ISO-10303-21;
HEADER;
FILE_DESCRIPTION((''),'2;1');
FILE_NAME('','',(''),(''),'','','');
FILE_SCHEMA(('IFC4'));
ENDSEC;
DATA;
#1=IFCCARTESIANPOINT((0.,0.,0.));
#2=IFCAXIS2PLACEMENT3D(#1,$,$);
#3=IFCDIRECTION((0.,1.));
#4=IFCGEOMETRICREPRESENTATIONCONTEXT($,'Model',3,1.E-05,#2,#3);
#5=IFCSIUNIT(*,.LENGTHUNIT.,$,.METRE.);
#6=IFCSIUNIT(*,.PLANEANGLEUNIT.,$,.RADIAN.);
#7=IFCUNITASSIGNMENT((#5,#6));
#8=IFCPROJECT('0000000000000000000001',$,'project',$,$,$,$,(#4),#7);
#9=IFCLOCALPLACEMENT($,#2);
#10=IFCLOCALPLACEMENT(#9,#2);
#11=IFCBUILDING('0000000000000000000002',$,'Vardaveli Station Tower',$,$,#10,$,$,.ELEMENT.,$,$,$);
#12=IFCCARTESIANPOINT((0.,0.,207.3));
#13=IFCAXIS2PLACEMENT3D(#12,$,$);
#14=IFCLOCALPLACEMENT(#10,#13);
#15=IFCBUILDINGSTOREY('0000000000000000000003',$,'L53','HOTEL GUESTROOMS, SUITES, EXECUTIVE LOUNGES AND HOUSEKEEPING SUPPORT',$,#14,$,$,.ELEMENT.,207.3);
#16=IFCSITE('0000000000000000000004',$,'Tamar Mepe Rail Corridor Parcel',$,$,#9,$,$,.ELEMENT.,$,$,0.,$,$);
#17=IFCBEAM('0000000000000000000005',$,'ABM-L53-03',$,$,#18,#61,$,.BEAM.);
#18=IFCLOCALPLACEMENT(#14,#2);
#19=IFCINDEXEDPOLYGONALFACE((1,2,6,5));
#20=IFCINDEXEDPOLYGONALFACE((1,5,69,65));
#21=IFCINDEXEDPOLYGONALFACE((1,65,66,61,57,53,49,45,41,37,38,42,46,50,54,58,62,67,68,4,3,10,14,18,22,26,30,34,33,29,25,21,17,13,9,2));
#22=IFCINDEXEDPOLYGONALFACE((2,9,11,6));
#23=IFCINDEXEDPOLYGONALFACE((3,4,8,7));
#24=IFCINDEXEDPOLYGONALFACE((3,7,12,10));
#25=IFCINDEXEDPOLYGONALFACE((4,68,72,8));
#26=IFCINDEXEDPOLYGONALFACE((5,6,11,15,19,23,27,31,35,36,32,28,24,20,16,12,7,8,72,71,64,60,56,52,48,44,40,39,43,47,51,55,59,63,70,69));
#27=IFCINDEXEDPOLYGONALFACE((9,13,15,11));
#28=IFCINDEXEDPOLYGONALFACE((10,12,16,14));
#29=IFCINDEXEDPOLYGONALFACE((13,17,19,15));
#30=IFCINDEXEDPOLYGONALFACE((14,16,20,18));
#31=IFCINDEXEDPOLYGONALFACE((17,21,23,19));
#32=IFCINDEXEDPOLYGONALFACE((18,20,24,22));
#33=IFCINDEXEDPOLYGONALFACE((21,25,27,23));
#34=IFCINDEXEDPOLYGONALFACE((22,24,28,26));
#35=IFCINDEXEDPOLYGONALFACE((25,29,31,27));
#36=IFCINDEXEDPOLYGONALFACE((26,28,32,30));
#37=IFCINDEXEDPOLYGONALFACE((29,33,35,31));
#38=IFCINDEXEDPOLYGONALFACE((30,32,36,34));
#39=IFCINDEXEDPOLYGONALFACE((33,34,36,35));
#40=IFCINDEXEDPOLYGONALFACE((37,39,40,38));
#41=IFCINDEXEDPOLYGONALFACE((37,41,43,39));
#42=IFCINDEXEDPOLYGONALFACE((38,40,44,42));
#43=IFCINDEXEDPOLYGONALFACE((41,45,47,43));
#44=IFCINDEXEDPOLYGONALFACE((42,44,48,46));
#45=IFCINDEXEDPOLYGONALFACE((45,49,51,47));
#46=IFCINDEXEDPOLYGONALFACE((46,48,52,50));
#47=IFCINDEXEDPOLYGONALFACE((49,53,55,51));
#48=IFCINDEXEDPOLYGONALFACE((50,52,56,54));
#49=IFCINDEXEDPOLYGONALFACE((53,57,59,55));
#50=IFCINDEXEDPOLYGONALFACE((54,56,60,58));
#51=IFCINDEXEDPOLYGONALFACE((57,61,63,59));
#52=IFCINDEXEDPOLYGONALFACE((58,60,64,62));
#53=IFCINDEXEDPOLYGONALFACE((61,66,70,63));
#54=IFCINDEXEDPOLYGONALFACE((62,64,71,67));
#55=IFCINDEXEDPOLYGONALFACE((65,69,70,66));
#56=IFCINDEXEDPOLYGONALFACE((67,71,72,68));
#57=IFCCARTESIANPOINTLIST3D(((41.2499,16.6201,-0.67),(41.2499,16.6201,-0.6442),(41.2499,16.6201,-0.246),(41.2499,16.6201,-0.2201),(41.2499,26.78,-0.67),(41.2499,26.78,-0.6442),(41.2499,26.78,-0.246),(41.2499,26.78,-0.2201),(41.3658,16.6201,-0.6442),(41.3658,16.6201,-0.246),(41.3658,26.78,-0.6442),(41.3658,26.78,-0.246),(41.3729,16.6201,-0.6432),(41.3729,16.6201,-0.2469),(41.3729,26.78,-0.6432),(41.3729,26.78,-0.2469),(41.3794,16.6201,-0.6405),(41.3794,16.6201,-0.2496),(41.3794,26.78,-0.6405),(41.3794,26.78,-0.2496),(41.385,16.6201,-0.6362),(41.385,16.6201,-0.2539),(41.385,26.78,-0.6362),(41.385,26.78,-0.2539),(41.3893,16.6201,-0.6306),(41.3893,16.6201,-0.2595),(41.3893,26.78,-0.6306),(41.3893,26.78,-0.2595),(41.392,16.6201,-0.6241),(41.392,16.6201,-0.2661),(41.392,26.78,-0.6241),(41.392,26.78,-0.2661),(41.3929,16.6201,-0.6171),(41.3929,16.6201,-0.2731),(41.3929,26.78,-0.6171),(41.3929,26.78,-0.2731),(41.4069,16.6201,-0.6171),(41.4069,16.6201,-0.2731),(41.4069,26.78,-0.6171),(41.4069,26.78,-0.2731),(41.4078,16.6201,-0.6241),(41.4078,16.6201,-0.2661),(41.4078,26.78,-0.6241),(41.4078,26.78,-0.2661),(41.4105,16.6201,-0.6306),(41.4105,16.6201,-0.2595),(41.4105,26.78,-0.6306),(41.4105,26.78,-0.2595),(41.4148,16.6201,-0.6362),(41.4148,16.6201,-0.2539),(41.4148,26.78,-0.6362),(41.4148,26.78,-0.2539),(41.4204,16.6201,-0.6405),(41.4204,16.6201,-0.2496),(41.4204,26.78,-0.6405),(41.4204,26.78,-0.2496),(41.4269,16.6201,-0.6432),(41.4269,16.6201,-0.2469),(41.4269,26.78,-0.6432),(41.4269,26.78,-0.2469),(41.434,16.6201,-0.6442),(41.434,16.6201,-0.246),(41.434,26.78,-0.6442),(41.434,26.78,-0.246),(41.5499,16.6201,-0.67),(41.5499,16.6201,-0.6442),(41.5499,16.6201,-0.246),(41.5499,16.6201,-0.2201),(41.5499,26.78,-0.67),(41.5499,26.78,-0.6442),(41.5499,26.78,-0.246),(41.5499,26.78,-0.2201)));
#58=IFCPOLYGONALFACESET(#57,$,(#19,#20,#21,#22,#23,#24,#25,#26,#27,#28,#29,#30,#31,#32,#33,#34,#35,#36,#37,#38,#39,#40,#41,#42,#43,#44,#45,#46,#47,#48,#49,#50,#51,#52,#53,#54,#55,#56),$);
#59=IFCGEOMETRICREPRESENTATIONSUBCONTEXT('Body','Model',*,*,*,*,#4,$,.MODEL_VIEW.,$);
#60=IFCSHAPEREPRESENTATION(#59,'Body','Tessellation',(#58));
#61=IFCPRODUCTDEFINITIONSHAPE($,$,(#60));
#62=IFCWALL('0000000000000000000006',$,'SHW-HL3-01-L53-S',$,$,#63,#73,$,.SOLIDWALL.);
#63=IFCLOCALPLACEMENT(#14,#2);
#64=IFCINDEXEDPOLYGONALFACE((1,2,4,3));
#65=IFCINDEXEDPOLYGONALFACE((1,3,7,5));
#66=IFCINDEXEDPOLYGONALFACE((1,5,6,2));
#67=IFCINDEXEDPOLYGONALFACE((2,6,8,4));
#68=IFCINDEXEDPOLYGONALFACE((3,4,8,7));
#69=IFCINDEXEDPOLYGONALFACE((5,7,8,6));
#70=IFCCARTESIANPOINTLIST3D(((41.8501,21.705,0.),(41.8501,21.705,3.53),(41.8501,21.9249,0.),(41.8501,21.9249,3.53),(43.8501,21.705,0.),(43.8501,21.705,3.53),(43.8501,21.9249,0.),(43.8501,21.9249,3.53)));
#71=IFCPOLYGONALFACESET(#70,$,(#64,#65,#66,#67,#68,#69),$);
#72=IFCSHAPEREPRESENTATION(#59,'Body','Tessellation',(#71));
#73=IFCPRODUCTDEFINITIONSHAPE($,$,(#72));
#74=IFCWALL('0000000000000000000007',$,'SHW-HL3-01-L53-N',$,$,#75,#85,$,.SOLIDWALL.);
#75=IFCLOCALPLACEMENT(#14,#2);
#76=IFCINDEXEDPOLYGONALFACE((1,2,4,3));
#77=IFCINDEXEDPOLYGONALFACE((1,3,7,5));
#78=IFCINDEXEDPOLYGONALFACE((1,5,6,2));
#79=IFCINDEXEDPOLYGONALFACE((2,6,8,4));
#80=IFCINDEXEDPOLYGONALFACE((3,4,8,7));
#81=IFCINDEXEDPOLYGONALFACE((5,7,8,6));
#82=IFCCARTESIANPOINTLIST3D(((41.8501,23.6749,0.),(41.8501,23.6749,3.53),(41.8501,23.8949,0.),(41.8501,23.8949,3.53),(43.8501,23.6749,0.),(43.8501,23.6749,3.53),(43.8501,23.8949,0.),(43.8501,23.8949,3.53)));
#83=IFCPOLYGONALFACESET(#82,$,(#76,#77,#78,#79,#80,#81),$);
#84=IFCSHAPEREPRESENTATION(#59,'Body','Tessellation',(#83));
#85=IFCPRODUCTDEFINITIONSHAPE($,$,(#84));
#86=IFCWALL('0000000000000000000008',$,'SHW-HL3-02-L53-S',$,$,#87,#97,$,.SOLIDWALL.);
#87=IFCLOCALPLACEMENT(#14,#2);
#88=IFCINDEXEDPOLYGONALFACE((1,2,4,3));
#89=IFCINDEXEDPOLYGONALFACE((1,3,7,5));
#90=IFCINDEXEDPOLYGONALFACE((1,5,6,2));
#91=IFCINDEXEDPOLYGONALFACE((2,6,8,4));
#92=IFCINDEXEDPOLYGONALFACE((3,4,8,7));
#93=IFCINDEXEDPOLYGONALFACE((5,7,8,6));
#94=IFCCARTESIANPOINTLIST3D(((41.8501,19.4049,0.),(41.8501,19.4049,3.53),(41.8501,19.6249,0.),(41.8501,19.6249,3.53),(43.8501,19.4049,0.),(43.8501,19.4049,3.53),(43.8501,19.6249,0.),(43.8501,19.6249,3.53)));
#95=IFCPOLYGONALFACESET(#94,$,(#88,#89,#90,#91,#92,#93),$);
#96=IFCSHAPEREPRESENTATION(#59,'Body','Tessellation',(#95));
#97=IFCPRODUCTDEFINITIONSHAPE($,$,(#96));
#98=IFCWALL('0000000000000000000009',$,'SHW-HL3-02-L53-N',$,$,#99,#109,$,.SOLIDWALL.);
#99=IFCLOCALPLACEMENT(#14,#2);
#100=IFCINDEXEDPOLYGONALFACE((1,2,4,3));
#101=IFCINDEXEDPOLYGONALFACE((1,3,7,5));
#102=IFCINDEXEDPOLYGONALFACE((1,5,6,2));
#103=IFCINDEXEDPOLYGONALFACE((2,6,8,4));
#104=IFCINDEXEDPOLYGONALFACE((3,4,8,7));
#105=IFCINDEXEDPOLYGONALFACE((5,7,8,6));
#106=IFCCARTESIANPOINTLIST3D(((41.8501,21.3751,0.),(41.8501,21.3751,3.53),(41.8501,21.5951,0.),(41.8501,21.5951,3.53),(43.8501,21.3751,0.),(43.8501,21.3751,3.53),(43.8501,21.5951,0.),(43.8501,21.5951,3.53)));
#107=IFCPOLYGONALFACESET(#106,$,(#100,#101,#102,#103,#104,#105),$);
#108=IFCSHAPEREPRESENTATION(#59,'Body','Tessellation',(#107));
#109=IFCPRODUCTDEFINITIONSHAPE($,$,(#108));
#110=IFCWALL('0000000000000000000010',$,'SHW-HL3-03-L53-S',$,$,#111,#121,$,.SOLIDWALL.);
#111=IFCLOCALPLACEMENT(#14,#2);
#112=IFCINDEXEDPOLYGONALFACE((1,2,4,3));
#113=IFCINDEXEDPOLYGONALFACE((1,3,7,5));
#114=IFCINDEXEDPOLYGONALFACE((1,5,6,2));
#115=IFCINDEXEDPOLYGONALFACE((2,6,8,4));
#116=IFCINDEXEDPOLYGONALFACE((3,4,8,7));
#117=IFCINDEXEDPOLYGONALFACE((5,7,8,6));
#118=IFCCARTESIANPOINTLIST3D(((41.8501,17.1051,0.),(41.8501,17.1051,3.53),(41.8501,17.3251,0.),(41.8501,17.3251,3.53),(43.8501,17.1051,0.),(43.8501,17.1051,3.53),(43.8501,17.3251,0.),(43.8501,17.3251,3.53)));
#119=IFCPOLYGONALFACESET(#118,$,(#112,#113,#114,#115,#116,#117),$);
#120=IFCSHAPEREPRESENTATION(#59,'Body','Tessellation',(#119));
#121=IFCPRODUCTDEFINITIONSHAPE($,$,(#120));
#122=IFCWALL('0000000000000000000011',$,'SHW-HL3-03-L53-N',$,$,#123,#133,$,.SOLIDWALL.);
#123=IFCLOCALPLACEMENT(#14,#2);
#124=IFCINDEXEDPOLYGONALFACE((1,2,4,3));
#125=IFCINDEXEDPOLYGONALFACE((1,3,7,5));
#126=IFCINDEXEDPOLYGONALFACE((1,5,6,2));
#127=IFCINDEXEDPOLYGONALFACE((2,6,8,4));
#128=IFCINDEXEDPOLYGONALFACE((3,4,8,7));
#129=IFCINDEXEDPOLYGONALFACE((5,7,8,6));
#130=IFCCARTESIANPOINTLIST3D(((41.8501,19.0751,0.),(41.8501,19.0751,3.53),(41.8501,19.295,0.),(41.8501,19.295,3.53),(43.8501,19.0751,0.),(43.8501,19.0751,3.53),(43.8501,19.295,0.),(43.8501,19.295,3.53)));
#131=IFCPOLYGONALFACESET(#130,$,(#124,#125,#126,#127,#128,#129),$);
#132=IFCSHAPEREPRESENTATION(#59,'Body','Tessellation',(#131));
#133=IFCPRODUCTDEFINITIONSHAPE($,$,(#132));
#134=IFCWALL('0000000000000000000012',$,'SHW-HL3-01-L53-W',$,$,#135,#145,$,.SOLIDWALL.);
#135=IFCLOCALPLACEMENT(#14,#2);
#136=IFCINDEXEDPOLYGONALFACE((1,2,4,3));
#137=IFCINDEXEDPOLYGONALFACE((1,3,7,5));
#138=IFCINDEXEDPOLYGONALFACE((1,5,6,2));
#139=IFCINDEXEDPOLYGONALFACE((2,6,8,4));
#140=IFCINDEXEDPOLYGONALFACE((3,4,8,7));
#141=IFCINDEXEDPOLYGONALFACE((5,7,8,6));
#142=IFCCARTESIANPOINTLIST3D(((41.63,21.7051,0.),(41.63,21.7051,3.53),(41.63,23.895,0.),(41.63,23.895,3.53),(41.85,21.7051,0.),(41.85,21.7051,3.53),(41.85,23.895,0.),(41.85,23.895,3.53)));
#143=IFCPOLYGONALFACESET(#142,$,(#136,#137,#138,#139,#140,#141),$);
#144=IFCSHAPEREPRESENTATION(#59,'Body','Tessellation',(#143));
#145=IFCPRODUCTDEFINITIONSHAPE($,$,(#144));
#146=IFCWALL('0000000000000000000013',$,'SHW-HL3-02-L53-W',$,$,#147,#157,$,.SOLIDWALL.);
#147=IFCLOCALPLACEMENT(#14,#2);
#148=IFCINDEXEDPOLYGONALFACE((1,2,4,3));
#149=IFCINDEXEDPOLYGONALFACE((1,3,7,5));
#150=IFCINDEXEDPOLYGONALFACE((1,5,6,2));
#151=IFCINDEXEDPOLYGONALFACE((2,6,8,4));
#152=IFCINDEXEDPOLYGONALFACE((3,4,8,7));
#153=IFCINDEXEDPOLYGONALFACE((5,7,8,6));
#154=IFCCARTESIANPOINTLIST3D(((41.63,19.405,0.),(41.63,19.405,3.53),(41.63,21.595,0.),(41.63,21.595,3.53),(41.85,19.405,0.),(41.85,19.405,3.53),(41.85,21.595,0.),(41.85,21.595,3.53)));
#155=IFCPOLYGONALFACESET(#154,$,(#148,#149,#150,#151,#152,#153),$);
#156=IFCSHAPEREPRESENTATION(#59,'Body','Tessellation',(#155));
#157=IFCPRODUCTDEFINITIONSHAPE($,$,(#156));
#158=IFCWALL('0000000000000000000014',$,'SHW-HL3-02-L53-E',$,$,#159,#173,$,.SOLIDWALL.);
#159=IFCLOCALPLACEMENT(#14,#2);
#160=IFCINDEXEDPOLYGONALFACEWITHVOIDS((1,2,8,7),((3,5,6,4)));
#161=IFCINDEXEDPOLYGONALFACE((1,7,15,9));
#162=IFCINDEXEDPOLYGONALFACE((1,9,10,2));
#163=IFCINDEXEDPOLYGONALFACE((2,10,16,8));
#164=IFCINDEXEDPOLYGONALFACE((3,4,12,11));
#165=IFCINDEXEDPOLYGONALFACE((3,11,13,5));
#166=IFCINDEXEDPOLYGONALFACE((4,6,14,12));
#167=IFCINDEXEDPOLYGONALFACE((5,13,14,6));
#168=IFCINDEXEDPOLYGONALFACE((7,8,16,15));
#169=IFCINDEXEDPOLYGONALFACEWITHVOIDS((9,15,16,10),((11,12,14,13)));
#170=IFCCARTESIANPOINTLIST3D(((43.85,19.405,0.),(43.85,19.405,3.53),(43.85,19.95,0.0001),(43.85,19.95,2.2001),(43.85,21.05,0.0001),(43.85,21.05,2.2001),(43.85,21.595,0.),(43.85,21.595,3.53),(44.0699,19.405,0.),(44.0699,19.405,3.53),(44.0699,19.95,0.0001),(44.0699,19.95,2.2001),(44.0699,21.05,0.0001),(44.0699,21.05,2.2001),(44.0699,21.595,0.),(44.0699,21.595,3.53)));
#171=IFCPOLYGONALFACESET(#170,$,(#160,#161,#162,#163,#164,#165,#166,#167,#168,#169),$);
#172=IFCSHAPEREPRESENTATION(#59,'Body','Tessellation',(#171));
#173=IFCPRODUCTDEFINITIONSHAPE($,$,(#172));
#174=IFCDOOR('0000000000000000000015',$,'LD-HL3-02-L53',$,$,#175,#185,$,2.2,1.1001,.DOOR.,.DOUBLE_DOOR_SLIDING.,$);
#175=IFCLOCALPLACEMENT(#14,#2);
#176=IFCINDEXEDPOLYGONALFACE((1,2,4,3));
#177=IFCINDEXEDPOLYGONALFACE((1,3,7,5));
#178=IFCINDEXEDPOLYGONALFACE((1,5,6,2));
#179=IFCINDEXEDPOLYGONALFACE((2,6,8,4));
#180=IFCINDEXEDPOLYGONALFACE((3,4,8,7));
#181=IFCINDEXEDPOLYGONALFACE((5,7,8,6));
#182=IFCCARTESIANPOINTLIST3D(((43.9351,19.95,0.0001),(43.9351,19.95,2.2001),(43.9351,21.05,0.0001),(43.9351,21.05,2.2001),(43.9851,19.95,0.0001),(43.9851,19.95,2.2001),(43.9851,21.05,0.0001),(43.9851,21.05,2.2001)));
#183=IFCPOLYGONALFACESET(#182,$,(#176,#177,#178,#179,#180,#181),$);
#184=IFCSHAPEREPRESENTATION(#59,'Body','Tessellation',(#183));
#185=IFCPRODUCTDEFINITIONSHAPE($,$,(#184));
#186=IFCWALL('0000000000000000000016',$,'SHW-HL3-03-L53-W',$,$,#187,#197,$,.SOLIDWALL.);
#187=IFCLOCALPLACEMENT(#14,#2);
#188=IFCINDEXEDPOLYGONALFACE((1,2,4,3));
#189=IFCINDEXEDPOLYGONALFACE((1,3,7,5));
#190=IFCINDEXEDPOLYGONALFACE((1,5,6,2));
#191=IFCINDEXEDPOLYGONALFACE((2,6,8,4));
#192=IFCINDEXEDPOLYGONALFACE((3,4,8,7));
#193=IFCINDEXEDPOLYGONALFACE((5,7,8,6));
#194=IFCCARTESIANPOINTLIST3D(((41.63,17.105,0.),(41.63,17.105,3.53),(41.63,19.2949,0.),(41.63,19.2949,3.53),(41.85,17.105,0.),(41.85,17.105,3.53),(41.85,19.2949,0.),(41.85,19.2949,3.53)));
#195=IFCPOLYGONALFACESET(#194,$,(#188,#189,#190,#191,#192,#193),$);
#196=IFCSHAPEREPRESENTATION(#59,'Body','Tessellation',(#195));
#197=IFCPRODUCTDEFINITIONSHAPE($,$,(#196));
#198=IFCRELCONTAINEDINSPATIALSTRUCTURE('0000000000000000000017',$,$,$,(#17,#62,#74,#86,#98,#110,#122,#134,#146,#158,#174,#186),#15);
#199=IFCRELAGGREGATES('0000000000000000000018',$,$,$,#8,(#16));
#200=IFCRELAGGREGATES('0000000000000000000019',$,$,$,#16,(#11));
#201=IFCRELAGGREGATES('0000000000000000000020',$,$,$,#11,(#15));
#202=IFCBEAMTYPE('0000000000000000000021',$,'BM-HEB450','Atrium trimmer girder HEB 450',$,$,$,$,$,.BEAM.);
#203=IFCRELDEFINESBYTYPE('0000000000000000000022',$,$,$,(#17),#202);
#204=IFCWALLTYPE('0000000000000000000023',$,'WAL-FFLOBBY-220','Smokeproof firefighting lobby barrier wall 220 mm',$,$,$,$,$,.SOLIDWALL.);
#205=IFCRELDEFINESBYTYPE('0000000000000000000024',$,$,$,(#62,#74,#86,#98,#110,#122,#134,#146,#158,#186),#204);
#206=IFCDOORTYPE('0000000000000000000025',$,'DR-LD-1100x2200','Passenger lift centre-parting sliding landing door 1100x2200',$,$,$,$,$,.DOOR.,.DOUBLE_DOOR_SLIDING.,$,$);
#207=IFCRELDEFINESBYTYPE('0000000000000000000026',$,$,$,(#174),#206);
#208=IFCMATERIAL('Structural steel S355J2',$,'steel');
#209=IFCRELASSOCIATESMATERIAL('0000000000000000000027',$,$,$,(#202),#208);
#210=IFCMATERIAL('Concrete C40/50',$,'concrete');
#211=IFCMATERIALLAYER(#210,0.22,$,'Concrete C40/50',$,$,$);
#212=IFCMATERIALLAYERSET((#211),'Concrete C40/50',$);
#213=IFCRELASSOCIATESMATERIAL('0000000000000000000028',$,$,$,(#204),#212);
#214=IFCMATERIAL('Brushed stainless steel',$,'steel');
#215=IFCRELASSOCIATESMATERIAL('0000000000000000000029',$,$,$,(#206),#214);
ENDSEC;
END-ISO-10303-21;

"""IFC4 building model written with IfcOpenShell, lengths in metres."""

from ifc_helpers import new_model, si_unit, direction, frame, frame_2d, origin, origin_2d, place, context, subcontext, project, spatial, rectangle, i_section, extrude, source, transform, mapped, material, layer, layer_set, material_profile, profile_set, type_object, element, fill, save


model = new_model("IFC4")

# Units and contexts
model_context = context("Model", 3, precision=1e-05, world=origin(), true_north=direction((0.0, 1.0)))
body_context = subcontext(model_context, "Body", "Model", "MODEL_VIEW")
ifc_project = project(units=[si_unit("LENGTHUNIT", "METRE"), si_unit("PLANEANGLEUNIT", "RADIAN")], contexts=[model_context])

# Site, building, storey
site_placement = place(None, origin())
site = spatial("IfcSite", under=ifc_project, at=site_placement, Name="Tamar Mepe Rail Corridor Parcel", CompositionType="ELEMENT", RefElevation=0.0)
building_placement = place(site_placement, origin())
building = spatial("IfcBuilding", under=site, at=building_placement, Name="Vardaveli Station Tower", CompositionType="ELEMENT")
storey_placement = place(building_placement, frame((0.0, 0.0, 207.3)))
storey = spatial("IfcBuildingStorey", under=building, at=storey_placement, Name="L53", Description="HOTEL GUESTROOMS, SUITES, EXECUTIVE LOUNGES AND HOUSEKEEPING SUPPORT", CompositionType="ELEMENT", Elevation=207.3)

# Beam
ifc_material_1 = material(Name="Structural steel S355J2", Category="steel")
ifc_material_profile_1 = material_profile(ifc_material_1, i_section(OverallWidth=0.3, OverallDepth=0.45, WebThickness=0.0139, FlangeThickness=0.0259, FilletRadius=0.0271, at=origin_2d()), Name="HEB 450")
ifc_profile_set_1 = profile_set([ifc_material_profile_1], Name="Structural steel S355J2")
beam_type = type_object("IfcBeamType", Name="BM-HEB450", Description="Atrium trimmer girder HEB 450", PredefinedType="BEAM", material=ifc_profile_set_1)
shared_shape_1 = source(origin(), body_context, "Body", "SweptSolid", [
    extrude(i_section(OverallWidth=0.3, OverallDepth=0.45, WebThickness=0.0139, FlangeThickness=0.0259, FilletRadius=0.0271, at=origin_2d()), origin(), (0.0, 0.0, 1.0), 10.1599),
])
beam_1_placement = place(storey_placement, frame((41.3999, 16.6201, -0.4451), z_axis=(0.0, 1.0, 0.0), x_axis=(-1.0, 0.0, 0.0)))
element("IfcBeam", 1, at=beam_1_placement, inside=storey, type_object=beam_type, Name="ABM-L53-03", PredefinedType="BEAM", context=body_context, shape_type="MappedRepresentation", body=[
    mapped(shared_shape_1, transform((0.0, 0.0, 0.0), scale=1.0)),
])

# Walls
ifc_material_2 = material(Name="Concrete C40/50", Category="concrete")
ifc_layer_1 = layer(ifc_material_2, 0.22, Name="Concrete C40/50")
ifc_layer_set_1 = layer_set([ifc_layer_1], Name="Concrete C40/50")
wall_type_1 = type_object("IfcWallType", Name="WAL-FFLOBBY-220", Description="Smokeproof firefighting lobby barrier wall 220 mm", PredefinedType="SOLIDWALL", material=ifc_layer_set_1)
shared_shape_2 = source(origin(), body_context, "Body", "SweptSolid", [
    extrude(rectangle(XDim=2.0, YDim=0.22, at=frame_2d((1.0, 0.0))), origin(), (0.0, 0.0, 1.0), 3.53),
])
for number, where, z_axis, x_axis, name in (
    (2, (41.8501, 21.8149, 0.0), (0.0, 0.0, 1.0), (1.0, 0.0, 0.0), "SHW-HL3-01-L53-S"),
    (3, (41.8501, 23.7849, 0.0), (0.0, 0.0, 1.0), (1.0, 0.0, 0.0), "SHW-HL3-01-L53-N"),
    (4, (41.8501, 19.5149, 0.0), (0.0, 0.0, 1.0), (1.0, 0.0, 0.0), "SHW-HL3-02-L53-S"),
    (5, (41.8501, 21.4851, 0.0), (0.0, 0.0, 1.0), (1.0, 0.0, 0.0), "SHW-HL3-02-L53-N"),
    (6, (41.8501, 17.2151, 0.0), (0.0, 0.0, 1.0), (1.0, 0.0, 0.0), "SHW-HL3-03-L53-S"),
    (7, (41.8501, 19.1851, 0.0), (0.0, 0.0, 1.0), (1.0, 0.0, 0.0), "SHW-HL3-03-L53-N"),
):
    element("IfcWall", number, at=place(storey_placement, frame(where, z_axis=z_axis, x_axis=x_axis)), inside=storey, type_object=wall_type_1, Name=name, PredefinedType="SOLIDWALL", context=body_context, shape_type="MappedRepresentation", body=[
        mapped(shared_shape_2, transform((0.0, 0.0, 0.0), scale=1.0)),
    ])
shared_shape_3 = source(origin(), body_context, "Body", "SweptSolid", [
    extrude(rectangle(XDim=2.1899, YDim=0.22, at=frame_2d((1.095, 0.0))), origin(), (0.0, 0.0, 1.0), 3.53),
])
for number, where, z_axis, x_axis, name in (
    (8, (41.74, 21.7051, 0.0), (0.0, 0.0, 1.0), (0.0, 1.0, 0.0), "SHW-HL3-01-L53-W"),
    (9, (41.74, 19.405, 0.0), (0.0, 0.0, 1.0), (0.0, 1.0, 0.0), "SHW-HL3-02-L53-W"),
):
    element("IfcWall", number, at=place(storey_placement, frame(where, z_axis=z_axis, x_axis=x_axis)), inside=storey, type_object=wall_type_1, Name=name, PredefinedType="SOLIDWALL", context=body_context, shape_type="MappedRepresentation", body=[
        mapped(shared_shape_3, transform((0.0, 0.0, 0.0), scale=1.0)),
    ])

# Wall, opening, door
wall_1_placement = place(storey_placement, frame((43.96, 19.405, 0.0), z_axis=(0.0, 0.0, 1.0), x_axis=(0.0, 1.0, 0.0)))
wall_1 = element("IfcWall", 10, at=wall_1_placement, inside=storey, type_object=wall_type_1, Name="SHW-HL3-02-L53-E", PredefinedType="SOLIDWALL", context=body_context, shape_type="MappedRepresentation", body=[
    mapped(shared_shape_3, transform((0.0, 0.0, 0.0), scale=1.0)),
])
shared_shape_4 = source(origin(), body_context, "Body", "SweptSolid", [
    extrude(rectangle(XDim=1.1001, YDim=2.2, at=frame_2d((0.55, 1.1001))), frame((0.0, 0.1201, 0.0), z_axis=(0.0, -1.0, 0.0), x_axis=(1.0, 0.0, 0.0)), (0.0, 0.0, 1.0), 0.24),
])
opening_1_placement = place(wall_1_placement, frame((0.5449, 0.0, 0.0)))
opening_1 = element("IfcOpeningElement", 11, at=opening_1_placement, cuts=wall_1, PredefinedType="OPENING", context=body_context, shape_type="MappedRepresentation", body=[
    mapped(shared_shape_4, transform((0.0, 0.0, 0.0), scale=1.0)),
])
ifc_material_3 = material(Name="Brushed stainless steel", Category="steel")
door_type = type_object("IfcDoorType", Name="DR-LD-1100x2200", Description="Passenger lift centre-parting sliding landing door 1100x2200", OperationType="DOUBLE_DOOR_SLIDING", PredefinedType="DOOR", material=ifc_material_3)
shared_shape_5 = source(origin(), body_context, "Body", "SweptSolid", [
    extrude(rectangle(XDim=1.1001, YDim=2.2, at=frame_2d((0.55, 1.1001))), frame((0.0, 0.0249, 0.0), z_axis=(0.0, -1.0, 0.0), x_axis=(1.0, 0.0, 0.0)), (0.0, 0.0, 1.0), 0.05),
])
door_1_placement = place(opening_1_placement, origin())
door_1 = element("IfcDoor", 12, at=door_1_placement, inside=storey, type_object=door_type, Name="LD-HL3-02-L53", OperationType="DOUBLE_DOOR_SLIDING", OverallHeight=2.2, OverallWidth=1.1001, PredefinedType="DOOR", context=body_context, shape_type="MappedRepresentation", body=[
    mapped(shared_shape_5, transform((0.0, 0.0, 0.0), scale=1.0)),
])
fill(opening_1, door_1)

# Wall
wall_2_placement = place(storey_placement, frame((41.74, 17.105, 0.0), z_axis=(0.0, 0.0, 1.0), x_axis=(0.0, 1.0, 0.0)))
element("IfcWall", 13, at=wall_2_placement, inside=storey, type_object=wall_type_1, Name="SHW-HL3-03-L53-W", PredefinedType="SOLIDWALL", context=body_context, shape_type="MappedRepresentation", body=[
    mapped(shared_shape_3, transform((0.0, 0.0, 0.0), scale=1.0)),
])

save(model, "model.ifc")
